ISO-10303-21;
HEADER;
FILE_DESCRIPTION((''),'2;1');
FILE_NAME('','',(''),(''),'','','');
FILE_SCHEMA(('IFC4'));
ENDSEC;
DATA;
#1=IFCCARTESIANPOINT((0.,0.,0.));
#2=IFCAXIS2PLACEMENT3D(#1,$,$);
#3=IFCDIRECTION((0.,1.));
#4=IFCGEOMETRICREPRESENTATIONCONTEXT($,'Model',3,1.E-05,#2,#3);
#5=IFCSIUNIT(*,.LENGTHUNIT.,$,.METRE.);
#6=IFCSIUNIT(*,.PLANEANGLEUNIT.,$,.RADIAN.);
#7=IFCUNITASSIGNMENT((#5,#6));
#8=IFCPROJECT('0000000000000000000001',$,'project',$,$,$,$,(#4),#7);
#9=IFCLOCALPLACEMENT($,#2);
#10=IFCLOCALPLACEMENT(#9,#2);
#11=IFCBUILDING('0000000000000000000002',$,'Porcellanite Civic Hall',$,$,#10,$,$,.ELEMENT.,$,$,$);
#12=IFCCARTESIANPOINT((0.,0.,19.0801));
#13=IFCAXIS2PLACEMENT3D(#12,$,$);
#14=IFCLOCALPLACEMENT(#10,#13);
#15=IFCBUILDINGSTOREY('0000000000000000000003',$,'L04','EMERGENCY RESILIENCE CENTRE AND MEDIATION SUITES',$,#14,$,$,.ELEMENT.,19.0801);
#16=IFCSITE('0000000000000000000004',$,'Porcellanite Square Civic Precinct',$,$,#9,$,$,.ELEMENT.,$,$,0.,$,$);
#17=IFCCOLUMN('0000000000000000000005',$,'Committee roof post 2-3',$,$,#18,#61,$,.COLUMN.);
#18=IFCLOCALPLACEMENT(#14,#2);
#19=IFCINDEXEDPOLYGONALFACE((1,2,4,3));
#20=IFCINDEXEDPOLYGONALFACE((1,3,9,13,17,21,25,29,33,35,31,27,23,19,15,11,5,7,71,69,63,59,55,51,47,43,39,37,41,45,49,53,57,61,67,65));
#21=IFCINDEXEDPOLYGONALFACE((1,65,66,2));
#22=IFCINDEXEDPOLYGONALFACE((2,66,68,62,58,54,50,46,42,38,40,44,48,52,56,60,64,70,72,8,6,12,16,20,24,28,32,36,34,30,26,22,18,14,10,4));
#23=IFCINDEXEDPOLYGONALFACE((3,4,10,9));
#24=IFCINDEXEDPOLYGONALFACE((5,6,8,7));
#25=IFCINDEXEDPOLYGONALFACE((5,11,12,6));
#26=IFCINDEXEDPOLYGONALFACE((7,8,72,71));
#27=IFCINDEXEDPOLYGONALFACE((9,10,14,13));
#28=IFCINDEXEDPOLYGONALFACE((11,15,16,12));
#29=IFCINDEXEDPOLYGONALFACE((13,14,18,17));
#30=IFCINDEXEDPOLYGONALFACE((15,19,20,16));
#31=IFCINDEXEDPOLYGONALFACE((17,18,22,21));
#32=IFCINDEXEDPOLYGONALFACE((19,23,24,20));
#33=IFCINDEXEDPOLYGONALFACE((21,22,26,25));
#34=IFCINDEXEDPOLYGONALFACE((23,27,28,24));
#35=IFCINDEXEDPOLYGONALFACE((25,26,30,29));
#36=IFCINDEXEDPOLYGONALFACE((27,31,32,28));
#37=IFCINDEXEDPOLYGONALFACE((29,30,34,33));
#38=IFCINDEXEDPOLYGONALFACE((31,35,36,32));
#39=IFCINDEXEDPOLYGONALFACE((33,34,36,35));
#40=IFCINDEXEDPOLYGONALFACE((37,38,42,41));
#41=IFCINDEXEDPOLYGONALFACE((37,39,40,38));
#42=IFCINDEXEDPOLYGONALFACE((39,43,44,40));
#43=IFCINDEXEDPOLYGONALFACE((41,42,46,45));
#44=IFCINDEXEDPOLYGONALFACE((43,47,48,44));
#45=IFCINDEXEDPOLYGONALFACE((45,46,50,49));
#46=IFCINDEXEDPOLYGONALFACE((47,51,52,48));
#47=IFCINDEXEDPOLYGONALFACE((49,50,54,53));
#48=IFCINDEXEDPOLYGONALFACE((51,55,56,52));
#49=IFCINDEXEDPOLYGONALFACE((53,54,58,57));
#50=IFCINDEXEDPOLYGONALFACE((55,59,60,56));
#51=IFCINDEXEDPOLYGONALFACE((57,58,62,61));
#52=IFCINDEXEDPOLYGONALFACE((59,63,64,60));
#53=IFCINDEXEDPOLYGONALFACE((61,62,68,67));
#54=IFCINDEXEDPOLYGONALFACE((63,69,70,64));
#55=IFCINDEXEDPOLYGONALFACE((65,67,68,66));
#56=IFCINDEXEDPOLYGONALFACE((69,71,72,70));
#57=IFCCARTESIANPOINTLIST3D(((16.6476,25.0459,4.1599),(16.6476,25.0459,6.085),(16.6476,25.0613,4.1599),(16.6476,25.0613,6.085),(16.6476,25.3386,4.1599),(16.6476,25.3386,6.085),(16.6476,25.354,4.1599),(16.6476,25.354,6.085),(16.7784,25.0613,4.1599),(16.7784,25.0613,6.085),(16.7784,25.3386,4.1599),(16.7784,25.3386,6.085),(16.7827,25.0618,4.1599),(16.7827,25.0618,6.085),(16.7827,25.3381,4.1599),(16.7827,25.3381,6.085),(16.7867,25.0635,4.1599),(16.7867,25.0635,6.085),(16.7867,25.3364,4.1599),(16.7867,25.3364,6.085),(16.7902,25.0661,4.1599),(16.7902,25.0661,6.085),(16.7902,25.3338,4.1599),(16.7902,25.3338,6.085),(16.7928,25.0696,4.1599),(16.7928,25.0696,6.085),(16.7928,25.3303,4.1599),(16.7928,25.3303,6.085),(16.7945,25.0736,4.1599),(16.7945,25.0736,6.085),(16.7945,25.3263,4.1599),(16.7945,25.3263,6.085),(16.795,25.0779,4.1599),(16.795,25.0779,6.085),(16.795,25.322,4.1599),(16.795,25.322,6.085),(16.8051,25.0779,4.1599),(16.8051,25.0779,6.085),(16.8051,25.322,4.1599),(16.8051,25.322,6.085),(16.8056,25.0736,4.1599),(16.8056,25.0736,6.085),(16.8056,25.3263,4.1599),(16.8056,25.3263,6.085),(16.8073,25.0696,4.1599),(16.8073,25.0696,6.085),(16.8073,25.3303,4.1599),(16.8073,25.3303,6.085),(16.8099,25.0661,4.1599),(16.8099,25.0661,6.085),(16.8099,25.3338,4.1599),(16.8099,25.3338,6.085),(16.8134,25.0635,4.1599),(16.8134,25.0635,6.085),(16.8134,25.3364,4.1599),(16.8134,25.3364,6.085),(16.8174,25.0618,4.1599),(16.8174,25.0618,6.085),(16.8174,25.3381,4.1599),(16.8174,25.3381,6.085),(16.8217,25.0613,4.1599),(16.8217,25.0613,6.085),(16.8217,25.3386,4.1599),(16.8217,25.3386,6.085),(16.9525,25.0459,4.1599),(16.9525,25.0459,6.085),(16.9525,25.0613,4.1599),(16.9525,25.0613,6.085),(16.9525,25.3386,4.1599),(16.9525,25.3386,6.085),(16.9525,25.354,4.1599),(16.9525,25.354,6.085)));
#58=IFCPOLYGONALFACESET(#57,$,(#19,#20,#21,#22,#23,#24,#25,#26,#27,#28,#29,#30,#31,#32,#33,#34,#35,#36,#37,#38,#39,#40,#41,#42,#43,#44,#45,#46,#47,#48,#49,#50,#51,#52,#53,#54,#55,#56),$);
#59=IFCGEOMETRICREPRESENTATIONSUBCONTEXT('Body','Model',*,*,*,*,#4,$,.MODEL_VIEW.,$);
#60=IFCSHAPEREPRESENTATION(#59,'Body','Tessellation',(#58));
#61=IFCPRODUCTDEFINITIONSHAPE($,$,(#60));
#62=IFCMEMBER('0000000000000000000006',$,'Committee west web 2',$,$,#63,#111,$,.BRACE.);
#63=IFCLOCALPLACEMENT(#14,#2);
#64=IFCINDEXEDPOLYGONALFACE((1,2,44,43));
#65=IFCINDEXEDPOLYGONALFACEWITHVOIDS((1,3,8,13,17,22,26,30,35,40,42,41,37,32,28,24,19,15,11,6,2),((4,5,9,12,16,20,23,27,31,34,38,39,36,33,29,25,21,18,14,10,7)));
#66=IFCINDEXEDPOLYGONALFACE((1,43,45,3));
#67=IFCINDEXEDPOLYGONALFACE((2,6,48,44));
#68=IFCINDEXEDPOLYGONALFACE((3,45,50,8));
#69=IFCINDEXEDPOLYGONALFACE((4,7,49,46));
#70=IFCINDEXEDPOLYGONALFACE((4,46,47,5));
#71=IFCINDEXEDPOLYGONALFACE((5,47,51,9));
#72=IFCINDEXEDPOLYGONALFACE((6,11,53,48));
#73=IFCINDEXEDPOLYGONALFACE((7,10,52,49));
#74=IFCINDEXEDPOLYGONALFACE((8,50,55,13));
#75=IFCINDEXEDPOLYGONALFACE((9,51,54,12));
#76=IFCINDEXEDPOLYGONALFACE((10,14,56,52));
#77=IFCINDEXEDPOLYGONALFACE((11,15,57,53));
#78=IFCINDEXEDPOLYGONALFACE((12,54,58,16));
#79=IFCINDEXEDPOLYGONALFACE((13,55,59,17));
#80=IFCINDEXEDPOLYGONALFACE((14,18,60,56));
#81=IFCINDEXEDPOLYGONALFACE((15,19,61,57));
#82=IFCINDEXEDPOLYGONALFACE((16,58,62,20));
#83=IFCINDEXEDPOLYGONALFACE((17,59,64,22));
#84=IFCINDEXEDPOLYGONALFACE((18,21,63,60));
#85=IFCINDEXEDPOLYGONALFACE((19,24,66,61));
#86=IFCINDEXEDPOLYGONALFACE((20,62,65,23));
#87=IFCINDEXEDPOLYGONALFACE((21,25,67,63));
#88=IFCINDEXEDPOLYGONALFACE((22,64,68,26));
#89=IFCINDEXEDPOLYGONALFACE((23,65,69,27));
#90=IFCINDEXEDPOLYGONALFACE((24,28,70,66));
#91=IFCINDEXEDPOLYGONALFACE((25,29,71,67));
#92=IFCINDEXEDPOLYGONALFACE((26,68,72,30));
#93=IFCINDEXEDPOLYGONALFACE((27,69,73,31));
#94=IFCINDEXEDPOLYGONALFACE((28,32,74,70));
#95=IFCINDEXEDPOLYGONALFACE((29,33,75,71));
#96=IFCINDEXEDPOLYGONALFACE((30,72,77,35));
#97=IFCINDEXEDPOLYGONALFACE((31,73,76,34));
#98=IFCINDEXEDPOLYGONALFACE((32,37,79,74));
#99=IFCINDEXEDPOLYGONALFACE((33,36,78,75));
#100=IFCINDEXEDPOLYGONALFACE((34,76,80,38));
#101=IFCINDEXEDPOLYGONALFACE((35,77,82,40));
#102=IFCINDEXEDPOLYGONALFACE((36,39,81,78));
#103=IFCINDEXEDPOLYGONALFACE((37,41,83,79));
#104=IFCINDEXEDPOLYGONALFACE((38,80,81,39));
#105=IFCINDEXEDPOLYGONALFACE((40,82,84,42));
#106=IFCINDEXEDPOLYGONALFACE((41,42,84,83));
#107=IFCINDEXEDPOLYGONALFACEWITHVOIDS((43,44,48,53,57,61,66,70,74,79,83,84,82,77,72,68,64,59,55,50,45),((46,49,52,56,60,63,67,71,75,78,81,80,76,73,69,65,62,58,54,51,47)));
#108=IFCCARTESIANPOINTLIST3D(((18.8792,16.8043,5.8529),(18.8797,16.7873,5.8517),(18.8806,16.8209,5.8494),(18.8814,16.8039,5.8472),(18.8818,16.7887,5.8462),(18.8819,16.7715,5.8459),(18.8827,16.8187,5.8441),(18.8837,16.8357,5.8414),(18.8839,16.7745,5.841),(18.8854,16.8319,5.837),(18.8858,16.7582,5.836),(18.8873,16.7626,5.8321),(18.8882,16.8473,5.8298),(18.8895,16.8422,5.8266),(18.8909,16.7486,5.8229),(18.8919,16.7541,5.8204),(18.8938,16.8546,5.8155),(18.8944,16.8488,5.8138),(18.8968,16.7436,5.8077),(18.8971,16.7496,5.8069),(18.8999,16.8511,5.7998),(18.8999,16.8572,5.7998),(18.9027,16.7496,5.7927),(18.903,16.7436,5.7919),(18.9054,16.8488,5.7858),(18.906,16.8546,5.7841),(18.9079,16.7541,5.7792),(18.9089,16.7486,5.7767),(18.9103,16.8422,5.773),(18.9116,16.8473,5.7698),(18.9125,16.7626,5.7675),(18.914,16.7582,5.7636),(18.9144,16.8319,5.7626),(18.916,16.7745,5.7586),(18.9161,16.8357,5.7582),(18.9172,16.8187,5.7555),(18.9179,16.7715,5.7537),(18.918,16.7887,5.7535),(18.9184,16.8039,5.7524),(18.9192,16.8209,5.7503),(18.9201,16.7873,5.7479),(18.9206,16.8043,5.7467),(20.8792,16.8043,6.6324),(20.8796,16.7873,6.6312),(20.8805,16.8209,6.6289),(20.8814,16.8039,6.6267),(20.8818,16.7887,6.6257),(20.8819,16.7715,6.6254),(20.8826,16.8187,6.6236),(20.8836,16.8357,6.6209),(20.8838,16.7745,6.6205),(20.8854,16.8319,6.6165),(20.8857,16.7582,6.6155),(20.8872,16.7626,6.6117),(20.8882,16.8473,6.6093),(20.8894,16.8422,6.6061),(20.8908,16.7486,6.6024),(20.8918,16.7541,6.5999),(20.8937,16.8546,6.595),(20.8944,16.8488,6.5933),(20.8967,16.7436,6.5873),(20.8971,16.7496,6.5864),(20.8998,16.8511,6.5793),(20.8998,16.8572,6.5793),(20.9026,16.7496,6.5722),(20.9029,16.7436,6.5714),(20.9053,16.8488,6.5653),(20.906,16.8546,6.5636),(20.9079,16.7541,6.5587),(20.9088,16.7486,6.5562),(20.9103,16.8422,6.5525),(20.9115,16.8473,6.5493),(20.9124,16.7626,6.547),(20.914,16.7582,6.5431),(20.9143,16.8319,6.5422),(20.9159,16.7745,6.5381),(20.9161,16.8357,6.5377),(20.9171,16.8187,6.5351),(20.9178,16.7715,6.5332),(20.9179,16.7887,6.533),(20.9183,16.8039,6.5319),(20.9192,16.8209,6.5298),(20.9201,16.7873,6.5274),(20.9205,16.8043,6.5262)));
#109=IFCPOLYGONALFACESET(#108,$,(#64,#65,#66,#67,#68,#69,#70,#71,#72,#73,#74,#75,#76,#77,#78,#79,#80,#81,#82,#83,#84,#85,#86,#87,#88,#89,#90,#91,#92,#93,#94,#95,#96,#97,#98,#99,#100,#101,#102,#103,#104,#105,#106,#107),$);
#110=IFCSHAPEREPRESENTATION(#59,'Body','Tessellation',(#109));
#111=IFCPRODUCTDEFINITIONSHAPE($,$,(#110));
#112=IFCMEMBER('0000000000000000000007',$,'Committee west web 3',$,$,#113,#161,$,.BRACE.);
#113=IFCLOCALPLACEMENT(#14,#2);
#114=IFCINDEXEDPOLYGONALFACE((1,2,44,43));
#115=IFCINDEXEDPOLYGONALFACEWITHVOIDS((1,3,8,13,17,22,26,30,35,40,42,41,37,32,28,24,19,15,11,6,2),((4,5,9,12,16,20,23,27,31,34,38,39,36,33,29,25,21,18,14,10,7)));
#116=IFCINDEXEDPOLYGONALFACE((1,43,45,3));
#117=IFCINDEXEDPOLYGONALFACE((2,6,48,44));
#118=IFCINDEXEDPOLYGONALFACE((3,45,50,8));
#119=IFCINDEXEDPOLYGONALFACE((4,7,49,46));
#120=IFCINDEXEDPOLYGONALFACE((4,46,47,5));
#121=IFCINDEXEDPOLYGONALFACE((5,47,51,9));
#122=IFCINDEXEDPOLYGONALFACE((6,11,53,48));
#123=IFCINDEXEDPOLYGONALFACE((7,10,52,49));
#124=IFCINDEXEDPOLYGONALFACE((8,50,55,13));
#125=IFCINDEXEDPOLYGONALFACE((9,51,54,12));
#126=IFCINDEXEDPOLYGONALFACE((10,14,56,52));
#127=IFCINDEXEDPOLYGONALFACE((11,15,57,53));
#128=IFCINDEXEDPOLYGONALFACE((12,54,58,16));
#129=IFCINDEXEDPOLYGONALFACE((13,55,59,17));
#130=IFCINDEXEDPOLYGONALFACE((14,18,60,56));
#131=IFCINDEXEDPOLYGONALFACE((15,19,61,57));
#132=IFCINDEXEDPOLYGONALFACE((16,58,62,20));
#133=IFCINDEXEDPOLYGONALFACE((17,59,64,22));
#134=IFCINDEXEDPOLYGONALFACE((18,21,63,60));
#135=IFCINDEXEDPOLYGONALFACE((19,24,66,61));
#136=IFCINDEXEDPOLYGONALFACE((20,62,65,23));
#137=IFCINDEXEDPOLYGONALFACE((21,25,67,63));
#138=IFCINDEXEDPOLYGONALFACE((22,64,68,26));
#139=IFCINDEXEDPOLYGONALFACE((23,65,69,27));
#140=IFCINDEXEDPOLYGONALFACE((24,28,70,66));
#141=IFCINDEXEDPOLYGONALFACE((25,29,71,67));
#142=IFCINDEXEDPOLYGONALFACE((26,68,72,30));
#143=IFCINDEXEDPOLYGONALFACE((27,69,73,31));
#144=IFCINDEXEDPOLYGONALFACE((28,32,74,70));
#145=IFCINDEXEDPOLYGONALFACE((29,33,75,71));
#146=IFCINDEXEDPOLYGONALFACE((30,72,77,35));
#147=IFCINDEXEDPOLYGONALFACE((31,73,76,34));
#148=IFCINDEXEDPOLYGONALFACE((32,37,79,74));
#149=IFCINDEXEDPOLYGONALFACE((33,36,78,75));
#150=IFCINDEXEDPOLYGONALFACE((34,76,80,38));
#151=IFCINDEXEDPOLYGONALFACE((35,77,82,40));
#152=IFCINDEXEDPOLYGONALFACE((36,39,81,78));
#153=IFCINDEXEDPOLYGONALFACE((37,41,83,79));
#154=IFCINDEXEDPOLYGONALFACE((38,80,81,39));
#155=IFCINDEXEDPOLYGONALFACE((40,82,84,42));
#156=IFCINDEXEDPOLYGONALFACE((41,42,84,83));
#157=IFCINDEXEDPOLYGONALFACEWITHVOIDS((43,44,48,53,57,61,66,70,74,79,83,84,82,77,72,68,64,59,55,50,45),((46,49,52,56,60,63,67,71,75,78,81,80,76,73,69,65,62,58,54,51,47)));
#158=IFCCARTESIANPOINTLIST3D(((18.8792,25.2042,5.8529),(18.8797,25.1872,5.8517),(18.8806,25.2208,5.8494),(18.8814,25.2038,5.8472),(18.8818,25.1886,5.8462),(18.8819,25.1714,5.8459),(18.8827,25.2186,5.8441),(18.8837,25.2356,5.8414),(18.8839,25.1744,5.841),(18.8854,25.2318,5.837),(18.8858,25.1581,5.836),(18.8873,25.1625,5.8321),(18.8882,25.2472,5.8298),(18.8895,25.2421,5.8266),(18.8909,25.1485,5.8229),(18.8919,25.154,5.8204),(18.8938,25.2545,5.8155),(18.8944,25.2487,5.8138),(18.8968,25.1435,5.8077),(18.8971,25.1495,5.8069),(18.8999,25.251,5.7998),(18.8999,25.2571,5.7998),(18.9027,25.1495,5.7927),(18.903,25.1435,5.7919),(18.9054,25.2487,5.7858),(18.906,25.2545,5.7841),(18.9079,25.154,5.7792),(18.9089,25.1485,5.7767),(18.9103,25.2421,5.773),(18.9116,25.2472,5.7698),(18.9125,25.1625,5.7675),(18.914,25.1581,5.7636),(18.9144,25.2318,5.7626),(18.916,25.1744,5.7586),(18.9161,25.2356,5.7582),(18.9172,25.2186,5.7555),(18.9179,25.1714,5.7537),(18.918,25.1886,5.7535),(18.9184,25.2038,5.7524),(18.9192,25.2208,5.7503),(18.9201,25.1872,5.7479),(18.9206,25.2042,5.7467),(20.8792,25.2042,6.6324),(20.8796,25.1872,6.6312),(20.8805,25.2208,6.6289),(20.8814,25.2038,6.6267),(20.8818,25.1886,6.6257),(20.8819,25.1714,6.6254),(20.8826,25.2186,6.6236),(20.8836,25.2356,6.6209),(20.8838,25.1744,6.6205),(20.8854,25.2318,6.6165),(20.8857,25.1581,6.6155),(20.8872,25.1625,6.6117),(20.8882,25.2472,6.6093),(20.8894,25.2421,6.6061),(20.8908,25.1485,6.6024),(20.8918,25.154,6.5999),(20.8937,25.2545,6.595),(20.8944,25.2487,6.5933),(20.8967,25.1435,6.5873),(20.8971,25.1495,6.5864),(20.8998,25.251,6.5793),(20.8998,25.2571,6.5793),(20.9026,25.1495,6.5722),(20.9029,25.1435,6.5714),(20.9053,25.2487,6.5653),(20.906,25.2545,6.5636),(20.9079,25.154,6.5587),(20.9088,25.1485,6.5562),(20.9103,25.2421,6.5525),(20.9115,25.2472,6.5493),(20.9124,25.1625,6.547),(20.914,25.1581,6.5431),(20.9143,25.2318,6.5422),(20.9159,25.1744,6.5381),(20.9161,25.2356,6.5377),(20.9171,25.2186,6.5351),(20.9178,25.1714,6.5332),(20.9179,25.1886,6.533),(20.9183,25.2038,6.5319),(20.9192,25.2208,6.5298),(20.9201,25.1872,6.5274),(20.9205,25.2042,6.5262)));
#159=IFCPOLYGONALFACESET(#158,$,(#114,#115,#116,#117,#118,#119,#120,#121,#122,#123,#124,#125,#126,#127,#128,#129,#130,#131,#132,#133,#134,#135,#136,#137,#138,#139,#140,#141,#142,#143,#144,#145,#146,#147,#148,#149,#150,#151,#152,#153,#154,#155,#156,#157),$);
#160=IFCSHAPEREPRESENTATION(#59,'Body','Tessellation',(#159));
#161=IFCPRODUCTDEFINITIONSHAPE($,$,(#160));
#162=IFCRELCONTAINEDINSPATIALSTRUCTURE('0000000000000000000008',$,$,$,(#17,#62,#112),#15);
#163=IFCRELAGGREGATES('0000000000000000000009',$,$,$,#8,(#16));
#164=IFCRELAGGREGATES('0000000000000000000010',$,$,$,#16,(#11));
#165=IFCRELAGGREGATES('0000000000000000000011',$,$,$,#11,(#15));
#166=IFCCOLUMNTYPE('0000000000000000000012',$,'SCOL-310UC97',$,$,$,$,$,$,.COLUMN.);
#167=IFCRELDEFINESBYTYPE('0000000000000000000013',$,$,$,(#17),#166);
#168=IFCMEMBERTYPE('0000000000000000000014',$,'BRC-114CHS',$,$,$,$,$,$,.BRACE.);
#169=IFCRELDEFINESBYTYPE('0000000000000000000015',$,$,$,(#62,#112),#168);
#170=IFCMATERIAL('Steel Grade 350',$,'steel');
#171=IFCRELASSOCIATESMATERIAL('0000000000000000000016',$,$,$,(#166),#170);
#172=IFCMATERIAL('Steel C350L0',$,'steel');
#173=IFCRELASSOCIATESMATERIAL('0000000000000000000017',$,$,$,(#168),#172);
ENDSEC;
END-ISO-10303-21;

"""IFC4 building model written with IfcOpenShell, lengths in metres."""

from ifc_helpers import new_model, si_unit, direction, frame, origin, origin_2d, place, context, subcontext, project, spatial, hollow_circle, i_section, extrude, material, material_profile, profile_set, type_object, element, save


model = new_model("IFC4")

# Units and contexts
model_context = context("Model", 3, precision=1e-05, world=origin(), true_north=direction((0.0, 1.0)))
body_context = subcontext(model_context, "Body", "Model", "MODEL_VIEW")
ifc_project = project(units=[si_unit("LENGTHUNIT", "METRE"), si_unit("PLANEANGLEUNIT", "RADIAN")], contexts=[model_context])

# Site, building, storey
site_placement = place(None, origin())
site = spatial("IfcSite", under=ifc_project, at=site_placement, Name="Porcellanite Square Civic Precinct", CompositionType="ELEMENT", RefElevation=0.0)
building_placement = place(site_placement, origin())
building = spatial("IfcBuilding", under=site, at=building_placement, Name="Porcellanite Civic Hall", CompositionType="ELEMENT")
storey_placement = place(building_placement, frame((0.0, 0.0, 19.0801)))
storey = spatial("IfcBuildingStorey", under=building, at=storey_placement, Name="L04", Description="EMERGENCY RESILIENCE CENTRE AND MEDIATION SUITES", CompositionType="ELEMENT", Elevation=19.0801)

# Column
ifc_material_1 = material(Name="Steel Grade 350", Category="steel")
ifc_material_profile_1 = material_profile(ifc_material_1, i_section(OverallWidth=0.3049, OverallDepth=0.3081, WebThickness=0.01, FlangeThickness=0.0154, FilletRadius=0.0166, at=origin_2d()), Name="310UC96.8")
ifc_profile_set_1 = profile_set([ifc_material_profile_1], Name="Steel Grade 350")
column_type = type_object("IfcColumnType", Name="SCOL-310UC97", PredefinedType="COLUMN", material=ifc_profile_set_1)
column_placement = place(storey_placement, frame((16.8, 25.2, 4.1599), z_axis=(0.0, 0.0, 1.0), x_axis=(1.0, 0.0, 0.0)))
element("IfcColumn", 1, at=column_placement, inside=storey, type_object=column_type, Name="Committee roof post 2-3", PredefinedType="COLUMN", context=body_context, shape_type="SweptSolid", body=[
    extrude(i_section(OverallWidth=0.3049, OverallDepth=0.3081, WebThickness=0.01, FlangeThickness=0.0154, FilletRadius=0.0166, at=origin_2d()), origin(), (0.0, 0.0, 1.0), 1.925),
])

# Members
ifc_material_2 = material(Name="Steel C350L0", Category="steel")
ifc_material_profile_2 = material_profile(ifc_material_2, hollow_circle(Radius=0.0571, WallThickness=0.0061, at=origin_2d()), Name="114.3x6.0CHS")
ifc_profile_set_2 = profile_set([ifc_material_profile_2], Name="Steel C350L0")
member_type_1 = type_object("IfcMemberType", Name="BRC-114CHS", PredefinedType="BRACE", material=ifc_profile_set_2)
for number, where, z_axis, x_axis, name in (
    (2, (18.8999, 16.8, 5.7998), (0.931727, 0.0, 0.36316), (0.0, 1.0, 0.0), "Committee west web 2"),
    (3, (18.8999, 25.2, 5.7998), (0.931727, 0.0, 0.36316), (0.0, 1.0, 0.0), "Committee west web 3"),
):
    element("IfcMember", number, at=place(storey_placement, frame(where, z_axis=z_axis, x_axis=x_axis)), inside=storey, type_object=member_type_1, Name=name, PredefinedType="BRACE", context=body_context, shape_type="SweptSolid", body=[
        extrude(hollow_circle(Radius=0.0571, WallThickness=0.0061, at=origin_2d()), origin(), (0.0, 0.0, 1.0), 2.1465),
    ])

save(model, "model.ifc")
